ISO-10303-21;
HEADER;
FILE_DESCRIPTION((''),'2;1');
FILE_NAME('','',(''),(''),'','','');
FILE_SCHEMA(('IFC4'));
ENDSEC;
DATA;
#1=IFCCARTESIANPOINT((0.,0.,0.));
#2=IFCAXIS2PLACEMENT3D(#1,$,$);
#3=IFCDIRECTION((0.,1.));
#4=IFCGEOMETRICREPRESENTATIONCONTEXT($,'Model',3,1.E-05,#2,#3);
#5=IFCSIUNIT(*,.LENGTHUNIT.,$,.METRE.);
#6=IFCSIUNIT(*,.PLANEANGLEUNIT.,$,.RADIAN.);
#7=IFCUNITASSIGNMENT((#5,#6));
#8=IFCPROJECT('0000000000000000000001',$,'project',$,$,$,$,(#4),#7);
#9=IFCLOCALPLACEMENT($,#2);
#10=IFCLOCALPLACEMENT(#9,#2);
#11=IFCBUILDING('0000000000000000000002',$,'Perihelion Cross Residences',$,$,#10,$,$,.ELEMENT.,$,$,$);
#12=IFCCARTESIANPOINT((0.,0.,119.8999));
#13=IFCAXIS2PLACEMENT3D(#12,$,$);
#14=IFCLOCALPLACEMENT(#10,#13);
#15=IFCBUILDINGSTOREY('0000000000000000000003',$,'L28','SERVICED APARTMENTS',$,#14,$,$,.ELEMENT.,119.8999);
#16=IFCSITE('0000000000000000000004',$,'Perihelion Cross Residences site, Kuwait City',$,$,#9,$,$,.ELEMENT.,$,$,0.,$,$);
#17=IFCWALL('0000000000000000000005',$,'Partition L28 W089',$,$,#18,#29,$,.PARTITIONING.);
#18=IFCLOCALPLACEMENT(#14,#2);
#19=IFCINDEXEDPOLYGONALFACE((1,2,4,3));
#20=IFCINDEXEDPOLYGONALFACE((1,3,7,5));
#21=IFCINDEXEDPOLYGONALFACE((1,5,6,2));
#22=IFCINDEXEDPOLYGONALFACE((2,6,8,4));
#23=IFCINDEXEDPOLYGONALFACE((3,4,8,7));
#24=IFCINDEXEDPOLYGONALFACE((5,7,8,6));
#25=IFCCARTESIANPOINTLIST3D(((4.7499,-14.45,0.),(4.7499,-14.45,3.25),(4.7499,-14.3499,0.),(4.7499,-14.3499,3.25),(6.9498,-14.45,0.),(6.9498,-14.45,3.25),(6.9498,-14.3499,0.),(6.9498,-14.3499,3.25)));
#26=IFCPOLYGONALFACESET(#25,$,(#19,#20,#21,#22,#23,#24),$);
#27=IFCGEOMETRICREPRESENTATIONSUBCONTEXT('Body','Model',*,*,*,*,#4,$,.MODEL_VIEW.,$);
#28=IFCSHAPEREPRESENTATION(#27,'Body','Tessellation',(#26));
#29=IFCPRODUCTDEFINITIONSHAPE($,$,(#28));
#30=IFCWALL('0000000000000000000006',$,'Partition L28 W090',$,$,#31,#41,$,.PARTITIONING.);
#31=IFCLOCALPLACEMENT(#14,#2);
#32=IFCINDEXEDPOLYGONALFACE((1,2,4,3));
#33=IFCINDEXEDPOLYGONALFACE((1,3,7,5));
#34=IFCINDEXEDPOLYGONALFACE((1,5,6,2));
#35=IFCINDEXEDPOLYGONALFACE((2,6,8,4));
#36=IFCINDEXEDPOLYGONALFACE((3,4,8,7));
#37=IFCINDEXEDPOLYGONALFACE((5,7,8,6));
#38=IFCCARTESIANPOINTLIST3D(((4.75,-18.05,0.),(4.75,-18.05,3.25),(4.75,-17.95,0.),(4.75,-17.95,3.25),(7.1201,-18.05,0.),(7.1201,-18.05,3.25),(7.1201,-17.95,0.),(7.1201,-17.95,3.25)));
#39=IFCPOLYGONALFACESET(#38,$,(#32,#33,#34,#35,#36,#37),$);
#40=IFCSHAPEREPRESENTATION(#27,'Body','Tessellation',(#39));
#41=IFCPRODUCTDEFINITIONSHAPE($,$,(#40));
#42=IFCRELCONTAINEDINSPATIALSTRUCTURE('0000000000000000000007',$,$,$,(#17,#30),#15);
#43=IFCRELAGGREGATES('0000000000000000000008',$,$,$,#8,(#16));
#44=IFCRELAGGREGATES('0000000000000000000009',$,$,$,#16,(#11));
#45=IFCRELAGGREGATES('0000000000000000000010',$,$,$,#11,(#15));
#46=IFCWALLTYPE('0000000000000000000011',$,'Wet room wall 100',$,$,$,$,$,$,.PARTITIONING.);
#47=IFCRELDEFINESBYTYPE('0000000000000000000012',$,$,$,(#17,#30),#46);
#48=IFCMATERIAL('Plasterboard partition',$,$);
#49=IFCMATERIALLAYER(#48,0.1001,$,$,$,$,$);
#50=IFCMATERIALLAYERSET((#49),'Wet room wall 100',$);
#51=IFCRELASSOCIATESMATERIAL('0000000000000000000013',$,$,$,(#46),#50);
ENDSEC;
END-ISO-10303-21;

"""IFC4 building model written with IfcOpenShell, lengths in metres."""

from ifc_helpers import new_model, si_unit, direction, frame, frame_2d, origin, place, context, subcontext, project, spatial, rectangle, extrude, material, layer, layer_set, type_object, element, save


model = new_model("IFC4")

# Units and contexts
model_context = context("Model", 3, precision=1e-05, world=origin(), true_north=direction((0.0, 1.0)))
body_context = subcontext(model_context, "Body", "Model", "MODEL_VIEW")
ifc_project = project(units=[si_unit("LENGTHUNIT", "METRE"), si_unit("PLANEANGLEUNIT", "RADIAN")], contexts=[model_context])

# Site, building, storey
site_placement = place(None, origin())
site = spatial("IfcSite", under=ifc_project, at=site_placement, Name="Perihelion Cross Residences site, Kuwait City", CompositionType="ELEMENT", RefElevation=0.0)
building_placement = place(site_placement, origin())
building = spatial("IfcBuilding", under=site, at=building_placement, Name="Perihelion Cross Residences", CompositionType="ELEMENT")
storey_placement = place(building_placement, frame((0.0, 0.0, 119.8999)))
storey = spatial("IfcBuildingStorey", under=building, at=storey_placement, Name="L28", Description="SERVICED APARTMENTS", CompositionType="ELEMENT", Elevation=119.8999)

# Shared definitions
ifc_material_1 = material(Name="Plasterboard partition")
ifc_layer_1 = layer(ifc_material_1, 0.1001)
ifc_layer_set_1 = layer_set([ifc_layer_1], Name="Wet room wall 100")
wall_type_1 = type_object("IfcWallType", Name="Wet room wall 100", PredefinedType="PARTITIONING", material=ifc_layer_set_1)

# Walls
wall_1_placement = place(storey_placement, frame((6.95, -14.3999, 0.0), z_axis=(0.0, 0.0, 1.0), x_axis=(-1.0, 0.0, 0.0)))
element("IfcWall", 1, at=wall_1_placement, inside=storey, type_object=wall_type_1, Name="Partition L28 W089", PredefinedType="PARTITIONING", context=body_context, shape_type="SweptSolid", body=[
    extrude(rectangle(XDim=2.2, YDim=0.1001, at=frame_2d((1.1001, 0.0))), origin(), (0.0, 0.0, 1.0), 3.25),
])
wall_2_placement = place(storey_placement, frame((7.1201, -18.0, 0.0), z_axis=(0.0, 0.0, 1.0), x_axis=(-1.0, 0.0, 0.0)))
element("IfcWall", 2, at=wall_2_placement, inside=storey, type_object=wall_type_1, Name="Partition L28 W090", PredefinedType="PARTITIONING", context=body_context, shape_type="SweptSolid", body=[
    extrude(rectangle(XDim=2.3701, YDim=0.1001, at=frame_2d((1.1851, 0.0))), origin(), (0.0, 0.0, 1.0), 3.25),
])

save(model, "model.ifc")
